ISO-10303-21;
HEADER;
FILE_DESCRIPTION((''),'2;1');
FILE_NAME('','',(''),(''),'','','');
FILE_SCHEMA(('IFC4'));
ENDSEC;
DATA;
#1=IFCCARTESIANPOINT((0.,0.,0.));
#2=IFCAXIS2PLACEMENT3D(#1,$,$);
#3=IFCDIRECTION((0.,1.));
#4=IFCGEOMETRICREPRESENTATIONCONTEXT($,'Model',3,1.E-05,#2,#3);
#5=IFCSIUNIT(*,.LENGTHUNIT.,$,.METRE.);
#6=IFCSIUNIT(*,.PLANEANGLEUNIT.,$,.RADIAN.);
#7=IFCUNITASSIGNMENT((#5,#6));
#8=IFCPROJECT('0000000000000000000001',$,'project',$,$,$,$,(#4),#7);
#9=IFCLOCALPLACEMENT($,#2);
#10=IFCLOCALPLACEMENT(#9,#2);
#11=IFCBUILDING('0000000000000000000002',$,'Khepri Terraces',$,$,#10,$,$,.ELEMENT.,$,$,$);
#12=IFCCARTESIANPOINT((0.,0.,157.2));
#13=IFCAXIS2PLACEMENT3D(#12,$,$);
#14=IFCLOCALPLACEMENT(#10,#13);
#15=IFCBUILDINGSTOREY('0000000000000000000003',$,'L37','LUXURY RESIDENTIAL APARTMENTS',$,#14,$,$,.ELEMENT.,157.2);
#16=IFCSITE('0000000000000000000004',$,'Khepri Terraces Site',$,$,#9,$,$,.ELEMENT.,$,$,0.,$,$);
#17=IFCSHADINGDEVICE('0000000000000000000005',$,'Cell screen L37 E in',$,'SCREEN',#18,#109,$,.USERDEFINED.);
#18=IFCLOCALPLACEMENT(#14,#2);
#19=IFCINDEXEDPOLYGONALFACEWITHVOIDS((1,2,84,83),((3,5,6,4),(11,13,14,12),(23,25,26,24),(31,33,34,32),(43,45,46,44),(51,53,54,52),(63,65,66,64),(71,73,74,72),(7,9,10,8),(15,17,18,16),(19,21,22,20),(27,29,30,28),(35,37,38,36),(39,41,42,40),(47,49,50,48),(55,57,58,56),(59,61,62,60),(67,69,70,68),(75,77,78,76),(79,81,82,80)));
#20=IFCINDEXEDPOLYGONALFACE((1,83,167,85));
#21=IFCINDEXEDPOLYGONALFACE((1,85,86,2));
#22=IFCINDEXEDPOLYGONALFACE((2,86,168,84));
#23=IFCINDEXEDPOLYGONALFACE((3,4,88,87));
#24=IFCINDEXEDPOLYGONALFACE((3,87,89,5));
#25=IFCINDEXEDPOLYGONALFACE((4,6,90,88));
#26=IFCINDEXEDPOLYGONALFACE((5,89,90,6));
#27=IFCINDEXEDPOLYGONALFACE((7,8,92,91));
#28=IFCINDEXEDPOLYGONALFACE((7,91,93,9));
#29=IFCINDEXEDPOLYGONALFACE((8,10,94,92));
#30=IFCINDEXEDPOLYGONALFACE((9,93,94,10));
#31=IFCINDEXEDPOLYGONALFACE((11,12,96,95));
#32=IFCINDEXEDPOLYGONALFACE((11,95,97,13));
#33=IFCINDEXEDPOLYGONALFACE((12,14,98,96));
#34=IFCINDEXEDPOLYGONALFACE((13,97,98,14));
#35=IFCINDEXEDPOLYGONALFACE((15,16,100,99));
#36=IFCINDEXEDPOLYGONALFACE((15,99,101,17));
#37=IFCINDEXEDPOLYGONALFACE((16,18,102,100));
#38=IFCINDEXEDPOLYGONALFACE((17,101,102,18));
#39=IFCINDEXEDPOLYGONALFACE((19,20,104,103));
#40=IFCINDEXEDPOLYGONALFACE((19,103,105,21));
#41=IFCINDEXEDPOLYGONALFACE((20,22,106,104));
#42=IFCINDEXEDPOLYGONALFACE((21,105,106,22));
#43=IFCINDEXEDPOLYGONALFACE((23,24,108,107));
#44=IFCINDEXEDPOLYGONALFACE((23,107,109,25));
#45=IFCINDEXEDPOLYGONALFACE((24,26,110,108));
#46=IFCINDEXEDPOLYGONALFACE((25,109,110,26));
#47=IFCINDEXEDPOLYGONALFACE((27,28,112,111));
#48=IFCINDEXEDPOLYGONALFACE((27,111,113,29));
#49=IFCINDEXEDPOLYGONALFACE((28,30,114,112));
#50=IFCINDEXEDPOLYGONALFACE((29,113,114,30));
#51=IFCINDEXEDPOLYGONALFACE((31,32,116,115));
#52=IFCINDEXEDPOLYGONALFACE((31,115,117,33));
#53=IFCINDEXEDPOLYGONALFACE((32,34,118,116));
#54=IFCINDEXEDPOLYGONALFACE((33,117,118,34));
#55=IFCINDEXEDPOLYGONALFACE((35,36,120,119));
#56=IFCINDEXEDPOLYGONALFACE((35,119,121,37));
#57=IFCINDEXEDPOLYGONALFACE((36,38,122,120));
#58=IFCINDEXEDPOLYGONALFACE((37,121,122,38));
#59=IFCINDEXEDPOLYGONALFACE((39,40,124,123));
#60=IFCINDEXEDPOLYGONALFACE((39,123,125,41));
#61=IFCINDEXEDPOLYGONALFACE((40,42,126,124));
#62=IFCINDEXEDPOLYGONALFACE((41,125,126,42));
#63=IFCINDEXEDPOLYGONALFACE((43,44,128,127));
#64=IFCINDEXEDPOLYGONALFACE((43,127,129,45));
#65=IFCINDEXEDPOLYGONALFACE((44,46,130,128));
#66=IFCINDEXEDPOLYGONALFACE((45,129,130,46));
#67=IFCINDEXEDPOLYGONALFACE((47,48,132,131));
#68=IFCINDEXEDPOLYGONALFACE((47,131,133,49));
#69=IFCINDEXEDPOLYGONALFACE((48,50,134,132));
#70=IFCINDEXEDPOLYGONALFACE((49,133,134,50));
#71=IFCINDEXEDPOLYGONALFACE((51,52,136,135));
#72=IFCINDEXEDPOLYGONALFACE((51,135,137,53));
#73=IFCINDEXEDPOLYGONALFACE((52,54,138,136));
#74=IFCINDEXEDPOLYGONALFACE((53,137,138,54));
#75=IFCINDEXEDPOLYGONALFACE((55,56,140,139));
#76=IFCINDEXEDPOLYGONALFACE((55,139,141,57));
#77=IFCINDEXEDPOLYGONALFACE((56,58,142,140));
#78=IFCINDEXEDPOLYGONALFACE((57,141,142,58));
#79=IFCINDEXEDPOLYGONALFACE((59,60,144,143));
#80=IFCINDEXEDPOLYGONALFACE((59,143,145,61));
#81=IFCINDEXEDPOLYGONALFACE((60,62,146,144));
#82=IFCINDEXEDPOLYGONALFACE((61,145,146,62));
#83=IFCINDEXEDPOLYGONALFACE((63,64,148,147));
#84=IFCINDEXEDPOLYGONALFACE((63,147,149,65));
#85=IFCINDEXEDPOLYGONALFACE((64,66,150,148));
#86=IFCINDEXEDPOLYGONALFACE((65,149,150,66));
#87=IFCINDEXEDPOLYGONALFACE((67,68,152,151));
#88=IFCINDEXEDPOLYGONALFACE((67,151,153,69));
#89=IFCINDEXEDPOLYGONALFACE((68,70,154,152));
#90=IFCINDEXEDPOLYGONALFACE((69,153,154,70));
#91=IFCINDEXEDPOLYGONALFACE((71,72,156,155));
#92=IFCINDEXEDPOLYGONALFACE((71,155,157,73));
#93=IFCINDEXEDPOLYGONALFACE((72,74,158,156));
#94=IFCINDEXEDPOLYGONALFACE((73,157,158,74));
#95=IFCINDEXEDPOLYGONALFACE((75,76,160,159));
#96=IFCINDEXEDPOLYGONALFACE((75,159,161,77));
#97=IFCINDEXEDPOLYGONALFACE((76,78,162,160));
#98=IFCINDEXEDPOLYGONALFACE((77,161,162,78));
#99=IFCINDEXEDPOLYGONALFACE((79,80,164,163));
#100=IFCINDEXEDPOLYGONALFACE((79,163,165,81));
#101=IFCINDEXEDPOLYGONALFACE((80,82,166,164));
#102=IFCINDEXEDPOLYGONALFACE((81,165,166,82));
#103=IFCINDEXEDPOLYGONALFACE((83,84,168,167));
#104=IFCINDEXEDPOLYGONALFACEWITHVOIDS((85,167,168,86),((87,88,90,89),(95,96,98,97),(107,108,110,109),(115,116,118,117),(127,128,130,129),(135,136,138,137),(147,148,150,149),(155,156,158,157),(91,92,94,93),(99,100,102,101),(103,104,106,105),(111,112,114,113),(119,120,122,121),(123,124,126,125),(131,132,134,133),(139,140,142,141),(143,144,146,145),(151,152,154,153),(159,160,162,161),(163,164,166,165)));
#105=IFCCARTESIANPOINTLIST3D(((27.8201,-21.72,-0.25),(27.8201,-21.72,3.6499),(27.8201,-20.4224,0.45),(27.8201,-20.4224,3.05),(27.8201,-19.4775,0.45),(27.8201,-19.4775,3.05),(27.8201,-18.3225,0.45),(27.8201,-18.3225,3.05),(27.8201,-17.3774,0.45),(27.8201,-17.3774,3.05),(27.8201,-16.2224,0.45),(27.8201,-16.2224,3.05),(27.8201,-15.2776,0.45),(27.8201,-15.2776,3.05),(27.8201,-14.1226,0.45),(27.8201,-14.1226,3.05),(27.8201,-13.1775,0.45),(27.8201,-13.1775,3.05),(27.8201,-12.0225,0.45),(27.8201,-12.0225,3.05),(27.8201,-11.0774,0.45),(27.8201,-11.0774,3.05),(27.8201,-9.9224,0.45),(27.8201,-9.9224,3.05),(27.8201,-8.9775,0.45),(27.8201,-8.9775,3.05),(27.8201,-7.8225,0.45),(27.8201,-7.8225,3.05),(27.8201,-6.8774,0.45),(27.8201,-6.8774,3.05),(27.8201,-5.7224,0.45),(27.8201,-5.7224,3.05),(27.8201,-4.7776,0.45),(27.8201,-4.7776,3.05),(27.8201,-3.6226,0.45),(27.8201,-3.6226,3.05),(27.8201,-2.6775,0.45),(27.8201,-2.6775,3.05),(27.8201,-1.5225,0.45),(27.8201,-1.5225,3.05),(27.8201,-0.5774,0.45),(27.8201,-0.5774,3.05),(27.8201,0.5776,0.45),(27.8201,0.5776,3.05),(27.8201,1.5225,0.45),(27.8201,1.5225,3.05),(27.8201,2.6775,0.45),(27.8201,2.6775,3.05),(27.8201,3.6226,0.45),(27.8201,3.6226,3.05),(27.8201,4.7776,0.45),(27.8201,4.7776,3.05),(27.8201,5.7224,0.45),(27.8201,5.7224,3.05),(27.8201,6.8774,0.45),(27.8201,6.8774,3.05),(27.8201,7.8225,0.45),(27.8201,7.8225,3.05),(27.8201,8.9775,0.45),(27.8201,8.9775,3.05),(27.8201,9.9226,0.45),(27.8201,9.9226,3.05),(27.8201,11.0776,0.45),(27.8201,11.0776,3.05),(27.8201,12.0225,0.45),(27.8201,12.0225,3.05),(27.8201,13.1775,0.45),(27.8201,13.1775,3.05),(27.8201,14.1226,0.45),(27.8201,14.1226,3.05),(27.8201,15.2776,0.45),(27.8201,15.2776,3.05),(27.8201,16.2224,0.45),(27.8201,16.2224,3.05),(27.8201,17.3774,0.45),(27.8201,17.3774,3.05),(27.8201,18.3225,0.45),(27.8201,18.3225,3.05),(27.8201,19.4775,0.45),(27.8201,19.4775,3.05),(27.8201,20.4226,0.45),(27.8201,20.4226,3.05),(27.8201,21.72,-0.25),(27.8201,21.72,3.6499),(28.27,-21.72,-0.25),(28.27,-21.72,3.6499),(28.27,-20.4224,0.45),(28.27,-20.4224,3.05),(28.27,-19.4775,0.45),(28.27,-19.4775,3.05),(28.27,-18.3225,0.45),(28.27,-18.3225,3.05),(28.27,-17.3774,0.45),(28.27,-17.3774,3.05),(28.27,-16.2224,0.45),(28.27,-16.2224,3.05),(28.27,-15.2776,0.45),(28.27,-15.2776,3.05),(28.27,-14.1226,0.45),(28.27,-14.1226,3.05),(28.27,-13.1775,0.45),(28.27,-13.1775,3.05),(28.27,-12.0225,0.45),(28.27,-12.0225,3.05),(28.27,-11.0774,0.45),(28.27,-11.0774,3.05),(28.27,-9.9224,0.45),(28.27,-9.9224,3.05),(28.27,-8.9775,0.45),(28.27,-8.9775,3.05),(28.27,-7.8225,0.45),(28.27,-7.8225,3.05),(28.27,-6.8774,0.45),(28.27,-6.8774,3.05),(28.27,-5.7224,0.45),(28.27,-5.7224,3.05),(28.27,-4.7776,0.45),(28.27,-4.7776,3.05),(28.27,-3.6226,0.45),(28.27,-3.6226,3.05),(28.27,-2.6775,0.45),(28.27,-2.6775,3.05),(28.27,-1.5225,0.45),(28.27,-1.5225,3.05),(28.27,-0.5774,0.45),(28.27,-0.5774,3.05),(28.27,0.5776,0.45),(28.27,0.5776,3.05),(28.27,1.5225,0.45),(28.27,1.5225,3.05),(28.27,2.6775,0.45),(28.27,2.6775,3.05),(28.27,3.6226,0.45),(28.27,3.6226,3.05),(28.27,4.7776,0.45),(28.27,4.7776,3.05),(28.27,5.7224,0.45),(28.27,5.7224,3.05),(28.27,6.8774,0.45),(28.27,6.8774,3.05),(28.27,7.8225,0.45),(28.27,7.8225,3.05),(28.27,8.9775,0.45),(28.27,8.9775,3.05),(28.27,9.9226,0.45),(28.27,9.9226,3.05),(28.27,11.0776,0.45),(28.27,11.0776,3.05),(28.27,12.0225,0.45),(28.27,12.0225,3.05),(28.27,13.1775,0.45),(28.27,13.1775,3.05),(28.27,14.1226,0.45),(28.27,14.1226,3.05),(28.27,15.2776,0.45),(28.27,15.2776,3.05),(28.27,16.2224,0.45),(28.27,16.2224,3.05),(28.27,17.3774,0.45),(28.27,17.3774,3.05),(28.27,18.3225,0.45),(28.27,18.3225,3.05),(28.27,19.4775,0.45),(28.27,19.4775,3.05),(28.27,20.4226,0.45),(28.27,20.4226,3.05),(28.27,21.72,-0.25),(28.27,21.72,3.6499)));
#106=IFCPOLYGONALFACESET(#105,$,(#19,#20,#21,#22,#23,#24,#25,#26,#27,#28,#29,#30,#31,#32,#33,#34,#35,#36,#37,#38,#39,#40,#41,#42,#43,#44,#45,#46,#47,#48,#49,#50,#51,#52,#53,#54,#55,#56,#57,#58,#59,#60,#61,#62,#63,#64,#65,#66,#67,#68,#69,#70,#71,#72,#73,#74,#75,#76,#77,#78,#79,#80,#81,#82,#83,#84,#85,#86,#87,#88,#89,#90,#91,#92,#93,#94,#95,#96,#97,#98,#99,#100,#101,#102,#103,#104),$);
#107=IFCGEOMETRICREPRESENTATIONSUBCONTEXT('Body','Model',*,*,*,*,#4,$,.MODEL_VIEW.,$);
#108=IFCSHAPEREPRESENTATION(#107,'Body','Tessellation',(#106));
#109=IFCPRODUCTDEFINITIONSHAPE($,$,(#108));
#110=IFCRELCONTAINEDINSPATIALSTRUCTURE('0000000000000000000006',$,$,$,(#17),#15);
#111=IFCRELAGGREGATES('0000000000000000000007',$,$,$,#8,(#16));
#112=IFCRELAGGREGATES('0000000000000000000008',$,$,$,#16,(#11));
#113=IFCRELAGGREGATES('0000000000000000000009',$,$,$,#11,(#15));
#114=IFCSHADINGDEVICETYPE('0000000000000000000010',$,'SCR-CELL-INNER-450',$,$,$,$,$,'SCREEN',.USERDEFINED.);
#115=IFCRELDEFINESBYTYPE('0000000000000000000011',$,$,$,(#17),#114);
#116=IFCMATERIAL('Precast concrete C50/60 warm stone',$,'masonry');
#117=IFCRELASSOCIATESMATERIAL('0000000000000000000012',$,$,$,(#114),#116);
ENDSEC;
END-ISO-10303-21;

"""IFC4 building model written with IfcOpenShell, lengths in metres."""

from ifc_helpers import new_model, si_unit, direction, frame, origin, place, context, subcontext, project, spatial, polyline, outline, extrude, material, type_object, element, save


model = new_model("IFC4")

# Units and contexts
model_context = context("Model", 3, precision=1e-05, world=origin(), true_north=direction((0.0, 1.0)))
body_context = subcontext(model_context, "Body", "Model", "MODEL_VIEW")
ifc_project = project(units=[si_unit("LENGTHUNIT", "METRE"), si_unit("PLANEANGLEUNIT", "RADIAN")], contexts=[model_context])

# Site, building, storey
site_placement = place(None, origin())
site = spatial("IfcSite", under=ifc_project, at=site_placement, Name="Khepri Terraces Site", CompositionType="ELEMENT", RefElevation=0.0)
building_placement = place(site_placement, origin())
building = spatial("IfcBuilding", under=site, at=building_placement, Name="Khepri Terraces", CompositionType="ELEMENT")
storey_placement = place(building_placement, frame((0.0, 0.0, 157.2)))
storey = spatial("IfcBuildingStorey", under=building, at=storey_placement, Name="L37", Description="LUXURY RESIDENTIAL APARTMENTS", CompositionType="ELEMENT", Elevation=157.2)

# Shared definitions
ifc_material_1 = material(Name="Precast concrete C50/60 warm stone", Category="masonry")

# Shading device
shading_device_type_1 = type_object("IfcShadingDeviceType", Name="SCR-CELL-INNER-450", ElementType="SCREEN", PredefinedType="USERDEFINED", material=ifc_material_1)
shading_device_1_placement = place(storey_placement, frame((27.8201, -21.72, -0.25), z_axis=(1.0, 0.0, 0.0), x_axis=(0.0, 1.0, 0.0)))
element("IfcShadingDevice", 1, at=shading_device_1_placement, inside=storey, type_object=shading_device_type_1, Name="Cell screen L37 E in", ObjectType="SCREEN", PredefinedType="USERDEFINED", context=body_context, shape_type="SweptSolid", body=[
    extrude(outline(polyline([(0.0, 0.0), (43.4399, 0.0), (43.4399, 3.8999), (0.0, 3.8999), (0.0, 0.0)]), holes=[polyline([(1.2976, 0.7), (2.2424, 0.7), (2.2424, 3.3), (1.2976, 3.3), (1.2976, 0.7)]), polyline([(3.3975, 0.7), (4.3425, 0.7), (4.3425, 3.3), (3.3975, 3.3), (3.3975, 0.7)]), polyline([(5.4976, 0.7), (6.4424, 0.7), (6.4424, 3.3), (5.4976, 3.3), (5.4976, 0.7)]), polyline([(7.5974, 0.7), (8.5425, 0.7), (8.5425, 3.3), (7.5974, 3.3), (7.5974, 0.7)]), polyline([(9.6975, 0.7), (10.6426, 0.7), (10.6426, 3.3), (9.6975, 3.3), (9.6975, 0.7)]), polyline([(11.7976, 0.7), (12.7424, 0.7), (12.7424, 3.3), (11.7976, 3.3), (11.7976, 0.7)]), polyline([(13.8975, 0.7), (14.8425, 0.7), (14.8425, 3.3), (13.8975, 3.3), (13.8975, 0.7)]), polyline([(15.9976, 0.7), (16.9424, 0.7), (16.9424, 3.3), (15.9976, 3.3), (15.9976, 0.7)]), polyline([(18.0974, 0.7), (19.0425, 0.7), (19.0425, 3.3), (18.0974, 3.3), (18.0974, 0.7)]), polyline([(20.1975, 0.7), (21.1426, 0.7), (21.1426, 3.3), (20.1975, 3.3), (20.1975, 0.7)]), polyline([(22.2976, 0.7), (23.2424, 0.7), (23.2424, 3.3), (22.2976, 3.3), (22.2976, 0.7)]), polyline([(24.3975, 0.7), (25.3425, 0.7), (25.3425, 3.3), (24.3975, 3.3), (24.3975, 0.7)]), polyline([(26.4976, 0.7), (27.4424, 0.7), (27.4424, 3.3), (26.4976, 3.3), (26.4976, 0.7)]), polyline([(28.5974, 0.7), (29.5425, 0.7), (29.5425, 3.3), (28.5974, 3.3), (28.5974, 0.7)]), polyline([(30.6975, 0.7), (31.6426, 0.7), (31.6426, 3.3), (30.6975, 3.3), (30.6975, 0.7)]), polyline([(32.7976, 0.7), (33.7424, 0.7), (33.7424, 3.3), (32.7976, 3.3), (32.7976, 0.7)]), polyline([(34.8975, 0.7), (35.8425, 0.7), (35.8425, 3.3), (34.8975, 3.3), (34.8975, 0.7)]), polyline([(36.9976, 0.7), (37.9424, 0.7), (37.9424, 3.3), (36.9976, 3.3), (36.9976, 0.7)]), polyline([(39.0974, 0.7), (40.0425, 0.7), (40.0425, 3.3), (39.0974, 3.3), (39.0974, 0.7)]), polyline([(41.1975, 0.7), (42.1426, 0.7), (42.1426, 3.3), (41.1975, 3.3), (41.1975, 0.7)])]), origin(), (0.0, 0.0, 1.0), 0.45),
])

save(model, "model.ifc")
